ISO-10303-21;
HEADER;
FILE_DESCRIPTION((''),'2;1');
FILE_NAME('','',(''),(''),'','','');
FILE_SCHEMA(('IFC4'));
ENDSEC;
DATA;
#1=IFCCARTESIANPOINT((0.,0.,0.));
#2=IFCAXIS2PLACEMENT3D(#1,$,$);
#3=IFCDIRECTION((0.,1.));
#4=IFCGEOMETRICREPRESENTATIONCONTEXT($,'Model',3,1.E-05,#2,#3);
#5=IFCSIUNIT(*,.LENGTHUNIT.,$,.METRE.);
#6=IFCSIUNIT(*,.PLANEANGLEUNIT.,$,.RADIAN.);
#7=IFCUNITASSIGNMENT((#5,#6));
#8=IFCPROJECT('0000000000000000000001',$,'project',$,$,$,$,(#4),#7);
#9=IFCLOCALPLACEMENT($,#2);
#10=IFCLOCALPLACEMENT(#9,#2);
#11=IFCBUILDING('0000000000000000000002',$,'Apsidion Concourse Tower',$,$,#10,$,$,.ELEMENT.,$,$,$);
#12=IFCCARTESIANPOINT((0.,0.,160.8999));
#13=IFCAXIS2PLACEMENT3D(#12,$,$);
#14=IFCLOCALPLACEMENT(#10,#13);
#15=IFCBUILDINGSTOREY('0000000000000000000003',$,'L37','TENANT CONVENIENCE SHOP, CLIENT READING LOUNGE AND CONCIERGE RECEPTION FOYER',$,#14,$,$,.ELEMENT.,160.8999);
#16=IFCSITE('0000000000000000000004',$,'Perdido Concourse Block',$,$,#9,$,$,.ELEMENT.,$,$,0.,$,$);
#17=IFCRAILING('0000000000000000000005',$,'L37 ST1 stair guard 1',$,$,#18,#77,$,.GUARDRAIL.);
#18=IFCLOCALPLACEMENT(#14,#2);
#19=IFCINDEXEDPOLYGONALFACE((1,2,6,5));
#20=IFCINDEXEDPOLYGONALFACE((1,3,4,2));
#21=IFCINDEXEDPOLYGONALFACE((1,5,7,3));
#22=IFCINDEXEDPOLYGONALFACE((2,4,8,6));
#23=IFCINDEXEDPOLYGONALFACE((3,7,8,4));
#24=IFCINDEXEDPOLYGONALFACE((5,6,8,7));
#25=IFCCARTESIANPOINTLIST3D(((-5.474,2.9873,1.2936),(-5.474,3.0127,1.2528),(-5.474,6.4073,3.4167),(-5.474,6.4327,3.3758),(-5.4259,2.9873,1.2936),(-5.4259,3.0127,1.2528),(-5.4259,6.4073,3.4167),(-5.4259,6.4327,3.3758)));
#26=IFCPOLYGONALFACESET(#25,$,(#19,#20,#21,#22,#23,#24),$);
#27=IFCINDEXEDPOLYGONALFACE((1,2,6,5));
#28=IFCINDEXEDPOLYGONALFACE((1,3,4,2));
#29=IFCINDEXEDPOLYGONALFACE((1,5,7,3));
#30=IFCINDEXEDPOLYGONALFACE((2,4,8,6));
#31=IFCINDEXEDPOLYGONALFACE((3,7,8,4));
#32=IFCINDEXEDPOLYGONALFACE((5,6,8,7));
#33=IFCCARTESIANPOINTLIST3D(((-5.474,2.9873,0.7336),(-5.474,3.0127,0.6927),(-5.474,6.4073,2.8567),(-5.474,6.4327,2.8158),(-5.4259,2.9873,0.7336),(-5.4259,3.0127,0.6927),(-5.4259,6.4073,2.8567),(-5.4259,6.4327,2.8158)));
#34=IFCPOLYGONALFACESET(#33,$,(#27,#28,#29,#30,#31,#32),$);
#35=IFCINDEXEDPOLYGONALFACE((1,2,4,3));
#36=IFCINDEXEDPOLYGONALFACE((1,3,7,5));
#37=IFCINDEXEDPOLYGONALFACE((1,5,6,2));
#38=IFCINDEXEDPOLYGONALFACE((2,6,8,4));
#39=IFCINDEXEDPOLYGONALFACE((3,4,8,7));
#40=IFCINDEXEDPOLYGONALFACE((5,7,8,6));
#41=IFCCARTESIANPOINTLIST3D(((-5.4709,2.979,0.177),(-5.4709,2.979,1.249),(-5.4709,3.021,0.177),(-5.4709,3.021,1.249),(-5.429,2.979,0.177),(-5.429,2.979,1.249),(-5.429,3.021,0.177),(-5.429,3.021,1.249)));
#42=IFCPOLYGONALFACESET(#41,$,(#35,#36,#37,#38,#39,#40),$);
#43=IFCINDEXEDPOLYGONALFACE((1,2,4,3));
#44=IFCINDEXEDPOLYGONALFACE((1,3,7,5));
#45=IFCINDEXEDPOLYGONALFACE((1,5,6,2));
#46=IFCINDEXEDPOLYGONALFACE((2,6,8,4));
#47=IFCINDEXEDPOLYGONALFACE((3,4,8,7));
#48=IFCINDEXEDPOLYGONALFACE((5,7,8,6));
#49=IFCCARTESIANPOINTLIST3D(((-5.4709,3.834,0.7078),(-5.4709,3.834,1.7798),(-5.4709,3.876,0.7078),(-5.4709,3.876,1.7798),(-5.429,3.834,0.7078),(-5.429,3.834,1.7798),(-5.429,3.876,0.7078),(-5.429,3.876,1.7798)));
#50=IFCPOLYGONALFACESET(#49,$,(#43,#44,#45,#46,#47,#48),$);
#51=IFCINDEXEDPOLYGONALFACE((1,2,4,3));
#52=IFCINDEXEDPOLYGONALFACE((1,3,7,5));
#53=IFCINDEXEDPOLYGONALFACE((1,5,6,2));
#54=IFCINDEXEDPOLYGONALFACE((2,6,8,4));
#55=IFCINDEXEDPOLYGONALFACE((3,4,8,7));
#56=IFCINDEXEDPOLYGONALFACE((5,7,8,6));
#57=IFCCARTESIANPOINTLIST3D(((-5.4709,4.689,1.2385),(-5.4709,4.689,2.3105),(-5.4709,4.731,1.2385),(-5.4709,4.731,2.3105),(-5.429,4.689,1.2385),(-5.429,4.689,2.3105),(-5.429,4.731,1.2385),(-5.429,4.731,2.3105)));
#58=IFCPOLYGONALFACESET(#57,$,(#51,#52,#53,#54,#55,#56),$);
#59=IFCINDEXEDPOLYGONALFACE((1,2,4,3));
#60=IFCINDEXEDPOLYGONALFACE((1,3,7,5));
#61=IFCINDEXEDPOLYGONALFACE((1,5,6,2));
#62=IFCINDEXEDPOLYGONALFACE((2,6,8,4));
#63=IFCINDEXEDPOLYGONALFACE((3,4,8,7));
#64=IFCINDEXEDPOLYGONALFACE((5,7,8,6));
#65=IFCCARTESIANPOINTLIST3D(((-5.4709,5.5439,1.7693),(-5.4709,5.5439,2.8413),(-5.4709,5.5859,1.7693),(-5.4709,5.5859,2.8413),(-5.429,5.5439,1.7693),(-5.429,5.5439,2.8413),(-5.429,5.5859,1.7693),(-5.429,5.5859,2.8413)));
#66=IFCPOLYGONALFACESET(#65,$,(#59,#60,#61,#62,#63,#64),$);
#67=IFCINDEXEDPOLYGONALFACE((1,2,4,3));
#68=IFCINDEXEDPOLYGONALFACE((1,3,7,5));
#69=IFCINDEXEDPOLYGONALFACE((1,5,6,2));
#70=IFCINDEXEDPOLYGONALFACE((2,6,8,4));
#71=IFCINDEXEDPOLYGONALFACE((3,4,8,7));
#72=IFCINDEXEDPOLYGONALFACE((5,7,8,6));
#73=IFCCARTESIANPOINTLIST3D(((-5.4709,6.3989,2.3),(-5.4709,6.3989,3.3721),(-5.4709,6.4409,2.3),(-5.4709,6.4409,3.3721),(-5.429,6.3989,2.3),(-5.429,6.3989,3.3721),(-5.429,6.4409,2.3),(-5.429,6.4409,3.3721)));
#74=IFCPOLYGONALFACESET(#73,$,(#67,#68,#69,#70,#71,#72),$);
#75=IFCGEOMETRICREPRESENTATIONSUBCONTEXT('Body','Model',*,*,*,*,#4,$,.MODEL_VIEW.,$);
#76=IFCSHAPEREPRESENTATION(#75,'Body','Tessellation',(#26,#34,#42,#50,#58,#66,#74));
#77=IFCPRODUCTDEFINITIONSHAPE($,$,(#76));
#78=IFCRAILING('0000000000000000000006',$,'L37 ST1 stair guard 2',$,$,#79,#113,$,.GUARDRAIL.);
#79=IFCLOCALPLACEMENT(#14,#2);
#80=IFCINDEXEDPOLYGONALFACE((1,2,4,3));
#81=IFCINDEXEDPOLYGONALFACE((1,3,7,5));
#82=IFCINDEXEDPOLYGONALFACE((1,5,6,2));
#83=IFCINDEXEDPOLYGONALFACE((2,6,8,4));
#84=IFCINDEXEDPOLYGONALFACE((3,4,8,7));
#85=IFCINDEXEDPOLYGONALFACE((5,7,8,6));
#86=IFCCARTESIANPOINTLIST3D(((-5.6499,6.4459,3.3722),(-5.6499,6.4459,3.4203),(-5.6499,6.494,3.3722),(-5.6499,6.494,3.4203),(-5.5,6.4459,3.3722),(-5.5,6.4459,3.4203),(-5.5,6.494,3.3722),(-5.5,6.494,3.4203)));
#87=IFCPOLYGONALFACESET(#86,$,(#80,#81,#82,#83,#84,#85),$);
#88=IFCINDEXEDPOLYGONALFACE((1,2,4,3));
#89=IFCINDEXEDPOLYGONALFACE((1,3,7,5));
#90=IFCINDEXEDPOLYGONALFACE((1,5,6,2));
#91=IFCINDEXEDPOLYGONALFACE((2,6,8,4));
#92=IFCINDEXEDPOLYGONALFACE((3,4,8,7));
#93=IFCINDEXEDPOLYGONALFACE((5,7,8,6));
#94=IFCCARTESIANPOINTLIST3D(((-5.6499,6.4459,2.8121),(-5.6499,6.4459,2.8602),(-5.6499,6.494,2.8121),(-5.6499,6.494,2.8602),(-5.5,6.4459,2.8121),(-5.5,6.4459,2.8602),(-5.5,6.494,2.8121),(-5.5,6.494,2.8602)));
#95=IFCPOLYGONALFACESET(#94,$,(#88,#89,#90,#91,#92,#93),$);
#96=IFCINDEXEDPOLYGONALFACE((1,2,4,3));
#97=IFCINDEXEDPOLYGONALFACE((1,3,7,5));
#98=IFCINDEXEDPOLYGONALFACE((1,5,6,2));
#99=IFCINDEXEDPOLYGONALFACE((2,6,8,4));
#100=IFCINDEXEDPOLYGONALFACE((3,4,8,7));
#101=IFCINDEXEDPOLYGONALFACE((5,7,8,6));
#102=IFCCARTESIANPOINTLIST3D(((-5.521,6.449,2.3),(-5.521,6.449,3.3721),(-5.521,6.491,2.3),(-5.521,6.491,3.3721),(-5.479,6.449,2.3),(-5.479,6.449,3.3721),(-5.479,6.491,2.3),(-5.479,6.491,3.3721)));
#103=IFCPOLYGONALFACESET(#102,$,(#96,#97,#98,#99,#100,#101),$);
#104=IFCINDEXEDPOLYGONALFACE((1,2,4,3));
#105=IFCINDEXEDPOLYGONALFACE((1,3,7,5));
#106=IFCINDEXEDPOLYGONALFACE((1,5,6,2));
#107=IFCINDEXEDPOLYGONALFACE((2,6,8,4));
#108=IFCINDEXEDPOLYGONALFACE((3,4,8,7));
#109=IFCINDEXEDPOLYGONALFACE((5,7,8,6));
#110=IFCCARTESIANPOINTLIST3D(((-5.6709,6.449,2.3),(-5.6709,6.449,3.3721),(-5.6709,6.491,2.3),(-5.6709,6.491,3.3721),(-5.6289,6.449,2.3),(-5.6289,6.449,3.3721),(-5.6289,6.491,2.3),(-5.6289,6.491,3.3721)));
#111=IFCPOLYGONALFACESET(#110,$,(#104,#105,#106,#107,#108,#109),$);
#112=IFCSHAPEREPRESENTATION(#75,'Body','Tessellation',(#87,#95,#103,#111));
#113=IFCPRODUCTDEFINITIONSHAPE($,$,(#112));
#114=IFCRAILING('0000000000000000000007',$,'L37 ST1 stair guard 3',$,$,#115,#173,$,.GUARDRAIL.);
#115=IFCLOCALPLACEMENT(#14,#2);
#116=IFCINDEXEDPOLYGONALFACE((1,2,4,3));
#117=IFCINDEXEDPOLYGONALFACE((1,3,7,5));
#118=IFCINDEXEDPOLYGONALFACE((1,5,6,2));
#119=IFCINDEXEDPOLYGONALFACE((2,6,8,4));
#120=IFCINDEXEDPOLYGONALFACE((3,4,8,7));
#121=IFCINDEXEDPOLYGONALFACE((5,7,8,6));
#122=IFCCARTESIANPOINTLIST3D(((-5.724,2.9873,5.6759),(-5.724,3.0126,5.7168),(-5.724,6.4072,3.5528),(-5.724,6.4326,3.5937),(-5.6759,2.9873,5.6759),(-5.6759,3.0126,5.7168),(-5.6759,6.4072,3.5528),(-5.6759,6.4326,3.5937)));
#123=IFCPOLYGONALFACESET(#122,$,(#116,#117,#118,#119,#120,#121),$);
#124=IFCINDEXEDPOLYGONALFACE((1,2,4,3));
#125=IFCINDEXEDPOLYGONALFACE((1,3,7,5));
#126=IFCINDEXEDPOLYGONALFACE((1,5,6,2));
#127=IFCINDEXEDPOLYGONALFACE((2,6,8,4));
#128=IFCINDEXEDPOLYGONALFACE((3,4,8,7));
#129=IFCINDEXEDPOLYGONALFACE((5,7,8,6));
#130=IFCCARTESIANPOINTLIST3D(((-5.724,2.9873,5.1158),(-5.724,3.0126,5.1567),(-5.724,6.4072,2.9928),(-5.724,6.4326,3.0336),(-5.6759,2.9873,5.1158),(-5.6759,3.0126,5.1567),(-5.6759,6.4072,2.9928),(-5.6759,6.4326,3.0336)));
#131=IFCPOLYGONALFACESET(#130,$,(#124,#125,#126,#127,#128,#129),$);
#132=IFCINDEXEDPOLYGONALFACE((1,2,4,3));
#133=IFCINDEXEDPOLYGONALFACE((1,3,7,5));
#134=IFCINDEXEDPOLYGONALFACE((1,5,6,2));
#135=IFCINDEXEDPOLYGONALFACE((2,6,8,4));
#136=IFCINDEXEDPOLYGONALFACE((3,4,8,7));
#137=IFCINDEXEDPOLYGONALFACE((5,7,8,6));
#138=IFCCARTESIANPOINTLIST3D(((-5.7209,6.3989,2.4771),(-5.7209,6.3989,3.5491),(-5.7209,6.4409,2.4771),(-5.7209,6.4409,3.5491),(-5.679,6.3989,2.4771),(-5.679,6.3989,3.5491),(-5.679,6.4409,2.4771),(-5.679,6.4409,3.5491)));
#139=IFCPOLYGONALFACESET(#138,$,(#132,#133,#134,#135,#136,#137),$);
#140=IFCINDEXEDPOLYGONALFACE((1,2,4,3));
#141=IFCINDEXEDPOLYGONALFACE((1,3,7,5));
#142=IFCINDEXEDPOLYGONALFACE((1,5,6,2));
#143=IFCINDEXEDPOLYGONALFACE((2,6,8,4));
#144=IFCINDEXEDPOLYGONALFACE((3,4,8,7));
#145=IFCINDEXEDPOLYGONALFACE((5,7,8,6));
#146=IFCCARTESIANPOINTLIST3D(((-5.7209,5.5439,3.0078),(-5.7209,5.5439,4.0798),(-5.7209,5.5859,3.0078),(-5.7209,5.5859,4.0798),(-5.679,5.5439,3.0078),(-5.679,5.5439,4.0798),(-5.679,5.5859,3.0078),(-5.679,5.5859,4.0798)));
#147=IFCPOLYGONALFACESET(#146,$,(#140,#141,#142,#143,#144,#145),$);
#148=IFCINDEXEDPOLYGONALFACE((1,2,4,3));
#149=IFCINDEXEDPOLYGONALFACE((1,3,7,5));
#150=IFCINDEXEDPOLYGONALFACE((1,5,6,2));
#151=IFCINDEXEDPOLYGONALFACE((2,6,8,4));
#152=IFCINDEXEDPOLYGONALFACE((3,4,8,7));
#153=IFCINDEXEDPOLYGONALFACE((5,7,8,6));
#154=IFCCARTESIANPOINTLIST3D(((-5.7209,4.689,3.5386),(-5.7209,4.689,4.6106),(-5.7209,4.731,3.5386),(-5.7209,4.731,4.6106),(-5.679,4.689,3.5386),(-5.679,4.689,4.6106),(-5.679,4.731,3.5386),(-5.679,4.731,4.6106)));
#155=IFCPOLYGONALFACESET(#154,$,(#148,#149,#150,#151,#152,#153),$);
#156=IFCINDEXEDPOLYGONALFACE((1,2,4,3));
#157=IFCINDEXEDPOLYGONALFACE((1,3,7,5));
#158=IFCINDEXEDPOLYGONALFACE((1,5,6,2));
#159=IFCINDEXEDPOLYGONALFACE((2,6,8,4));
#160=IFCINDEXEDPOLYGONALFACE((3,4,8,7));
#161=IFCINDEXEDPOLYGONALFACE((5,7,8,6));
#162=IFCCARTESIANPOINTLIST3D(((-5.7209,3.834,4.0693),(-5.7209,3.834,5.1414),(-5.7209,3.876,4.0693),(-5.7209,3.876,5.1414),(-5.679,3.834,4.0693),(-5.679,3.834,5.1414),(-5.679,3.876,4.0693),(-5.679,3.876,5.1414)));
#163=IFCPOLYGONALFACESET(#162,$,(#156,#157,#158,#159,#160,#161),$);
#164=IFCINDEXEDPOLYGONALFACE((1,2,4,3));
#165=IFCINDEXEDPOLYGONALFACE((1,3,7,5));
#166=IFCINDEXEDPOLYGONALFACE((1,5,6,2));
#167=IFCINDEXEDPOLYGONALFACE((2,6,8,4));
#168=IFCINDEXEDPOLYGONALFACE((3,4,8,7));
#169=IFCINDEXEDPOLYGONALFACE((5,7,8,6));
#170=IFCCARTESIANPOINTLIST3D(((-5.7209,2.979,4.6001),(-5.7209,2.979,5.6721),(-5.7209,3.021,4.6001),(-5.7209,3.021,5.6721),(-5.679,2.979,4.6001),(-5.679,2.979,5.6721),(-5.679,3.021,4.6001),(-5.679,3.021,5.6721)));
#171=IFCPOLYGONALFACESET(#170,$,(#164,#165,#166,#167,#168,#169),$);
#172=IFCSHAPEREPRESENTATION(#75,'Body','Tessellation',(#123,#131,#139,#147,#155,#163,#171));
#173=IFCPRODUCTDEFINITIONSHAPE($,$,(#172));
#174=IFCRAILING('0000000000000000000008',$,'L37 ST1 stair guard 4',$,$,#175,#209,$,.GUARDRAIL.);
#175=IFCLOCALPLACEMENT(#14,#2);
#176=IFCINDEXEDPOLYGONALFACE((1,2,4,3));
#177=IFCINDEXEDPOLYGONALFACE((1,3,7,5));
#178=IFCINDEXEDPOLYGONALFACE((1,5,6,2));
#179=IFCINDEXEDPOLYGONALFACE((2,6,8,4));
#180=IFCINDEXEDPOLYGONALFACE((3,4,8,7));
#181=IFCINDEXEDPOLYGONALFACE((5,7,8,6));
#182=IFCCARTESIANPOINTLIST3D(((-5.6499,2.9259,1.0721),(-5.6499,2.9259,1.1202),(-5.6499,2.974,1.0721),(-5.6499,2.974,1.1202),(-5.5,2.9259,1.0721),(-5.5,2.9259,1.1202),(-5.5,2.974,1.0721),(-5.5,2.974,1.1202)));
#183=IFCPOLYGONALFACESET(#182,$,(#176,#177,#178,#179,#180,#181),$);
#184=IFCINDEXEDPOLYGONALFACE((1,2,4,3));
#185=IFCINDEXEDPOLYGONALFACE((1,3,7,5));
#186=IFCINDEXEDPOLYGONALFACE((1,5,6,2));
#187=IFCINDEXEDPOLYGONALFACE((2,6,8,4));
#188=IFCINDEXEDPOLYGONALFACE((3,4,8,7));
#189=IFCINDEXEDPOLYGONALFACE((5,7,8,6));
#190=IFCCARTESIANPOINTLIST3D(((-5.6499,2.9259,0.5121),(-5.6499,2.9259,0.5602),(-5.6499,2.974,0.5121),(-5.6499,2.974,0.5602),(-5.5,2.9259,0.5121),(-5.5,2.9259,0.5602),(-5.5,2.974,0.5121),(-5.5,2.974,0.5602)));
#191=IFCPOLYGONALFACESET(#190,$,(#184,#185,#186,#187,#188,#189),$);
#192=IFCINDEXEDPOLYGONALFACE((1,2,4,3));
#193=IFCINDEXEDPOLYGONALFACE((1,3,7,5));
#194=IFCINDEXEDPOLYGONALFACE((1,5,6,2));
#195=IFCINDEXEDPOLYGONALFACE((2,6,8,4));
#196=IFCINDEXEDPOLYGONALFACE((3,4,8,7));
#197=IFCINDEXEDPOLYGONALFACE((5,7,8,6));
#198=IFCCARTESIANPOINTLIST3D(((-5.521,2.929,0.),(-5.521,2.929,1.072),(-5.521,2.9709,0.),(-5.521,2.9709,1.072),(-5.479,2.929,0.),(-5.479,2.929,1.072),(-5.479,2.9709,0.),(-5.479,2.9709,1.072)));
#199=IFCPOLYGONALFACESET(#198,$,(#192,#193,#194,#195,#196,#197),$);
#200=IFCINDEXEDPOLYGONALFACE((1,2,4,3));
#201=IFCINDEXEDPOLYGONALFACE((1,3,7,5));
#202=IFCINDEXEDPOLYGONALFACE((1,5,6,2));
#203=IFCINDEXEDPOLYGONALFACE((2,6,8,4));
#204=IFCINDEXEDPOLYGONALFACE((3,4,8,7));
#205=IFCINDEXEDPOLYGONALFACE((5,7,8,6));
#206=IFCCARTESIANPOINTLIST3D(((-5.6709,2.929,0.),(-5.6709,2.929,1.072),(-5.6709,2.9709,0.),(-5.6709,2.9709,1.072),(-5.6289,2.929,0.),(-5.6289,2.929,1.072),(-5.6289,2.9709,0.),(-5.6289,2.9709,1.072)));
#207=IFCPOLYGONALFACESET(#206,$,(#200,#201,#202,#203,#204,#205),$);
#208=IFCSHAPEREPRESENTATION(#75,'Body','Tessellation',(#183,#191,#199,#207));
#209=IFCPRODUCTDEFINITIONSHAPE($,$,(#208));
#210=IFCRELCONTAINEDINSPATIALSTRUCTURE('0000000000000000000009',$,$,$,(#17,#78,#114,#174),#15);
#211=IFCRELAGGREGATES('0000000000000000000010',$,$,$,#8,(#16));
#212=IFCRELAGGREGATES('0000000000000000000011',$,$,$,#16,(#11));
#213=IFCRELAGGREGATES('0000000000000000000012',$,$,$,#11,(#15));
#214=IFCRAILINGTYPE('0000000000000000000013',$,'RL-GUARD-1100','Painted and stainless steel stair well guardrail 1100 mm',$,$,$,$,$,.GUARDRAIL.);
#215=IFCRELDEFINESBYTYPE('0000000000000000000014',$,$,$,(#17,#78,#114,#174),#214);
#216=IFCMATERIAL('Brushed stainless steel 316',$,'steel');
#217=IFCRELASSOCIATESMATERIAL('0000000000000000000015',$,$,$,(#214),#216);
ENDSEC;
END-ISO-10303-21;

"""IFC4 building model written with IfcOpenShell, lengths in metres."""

from ifc_helpers import new_model, si_unit, direction, frame, origin, origin_2d, place, context, subcontext, project, spatial, rectangle, extrude, material, type_object, element, save


model = new_model("IFC4")

# Units and contexts
model_context = context("Model", 3, precision=1e-05, world=origin(), true_north=direction((0.0, 1.0)))
body_context = subcontext(model_context, "Body", "Model", "MODEL_VIEW")
ifc_project = project(units=[si_unit("LENGTHUNIT", "METRE"), si_unit("PLANEANGLEUNIT", "RADIAN")], contexts=[model_context])

# Site, building, storey
site_placement = place(None, origin())
site = spatial("IfcSite", under=ifc_project, at=site_placement, Name="Perdido Concourse Block", CompositionType="ELEMENT", RefElevation=0.0)
building_placement = place(site_placement, origin())
building = spatial("IfcBuilding", under=site, at=building_placement, Name="Apsidion Concourse Tower", CompositionType="ELEMENT")
storey_placement = place(building_placement, frame((0.0, 0.0, 160.8999)))
storey = spatial("IfcBuildingStorey", under=building, at=storey_placement, Name="L37", Description="TENANT CONVENIENCE SHOP, CLIENT READING LOUNGE AND CONCIERGE RECEPTION FOYER", CompositionType="ELEMENT", Elevation=160.8999)

# Shared definitions
ifc_material_1 = material(Name="Brushed stainless steel 316", Category="steel")

# Railings
railing_type_1 = type_object("IfcRailingType", Name="RL-GUARD-1100", Description="Painted and stainless steel stair well guardrail 1100 mm", PredefinedType="GUARDRAIL", material=ifc_material_1)
railing_1_placement = place(storey_placement, frame((-5.45, 3.0, 0.177)))
element("IfcRailing", 1, at=railing_1_placement, inside=storey, type_object=railing_type_1, Name="L37 ST1 stair guard 1", PredefinedType="GUARDRAIL", context=body_context, shape_type="SweptSolid", body=[
    extrude(rectangle(XDim=0.0481, YDim=0.0481, at=origin_2d()), frame((0.0, 0.0, 1.0962), z_axis=(0.0, 0.849603, 0.527423), x_axis=(-1.0, 0.0, 0.0)), (0.0, 0.0, 1.0), 4.0254),
    extrude(rectangle(XDim=0.0481, YDim=0.0481, at=origin_2d()), frame((0.0, 0.0, 0.5361), z_axis=(0.0, 0.849603, 0.527423), x_axis=(-1.0, 0.0, 0.0)), (0.0, 0.0, 1.0), 4.0254),
    extrude(rectangle(XDim=0.042, YDim=0.042, at=origin_2d()), origin(), (0.0, 0.0, 1.0), 1.072),
    extrude(rectangle(XDim=0.042, YDim=0.042, at=origin_2d()), frame((0.0, 0.855, 0.5308)), (0.0, 0.0, 1.0), 1.072),
    extrude(rectangle(XDim=0.042, YDim=0.042, at=origin_2d()), frame((0.0, 1.71, 1.0615)), (0.0, 0.0, 1.0), 1.072),
    extrude(rectangle(XDim=0.042, YDim=0.042, at=origin_2d()), frame((0.0, 2.5649, 1.5923)), (0.0, 0.0, 1.0), 1.072),
    extrude(rectangle(XDim=0.042, YDim=0.042, at=origin_2d()), frame((0.0, 3.4199, 2.123)), (0.0, 0.0, 1.0), 1.072),
])
railing_2_placement = place(storey_placement, frame((-5.5, 6.47, 2.3)))
element("IfcRailing", 2, at=railing_2_placement, inside=storey, type_object=railing_type_1, Name="L37 ST1 stair guard 2", PredefinedType="GUARDRAIL", context=body_context, shape_type="SweptSolid", body=[
    extrude(rectangle(XDim=0.0481, YDim=0.0481, at=origin_2d()), frame((0.0, 0.0, 1.0962), z_axis=(-1.0, 0.0, 0.0), x_axis=(0.0, -1.0, 0.0)), (0.0, 0.0, 1.0), 0.1499),
    extrude(rectangle(XDim=0.0481, YDim=0.0481, at=origin_2d()), frame((0.0, 0.0, 0.5361), z_axis=(-1.0, 0.0, 0.0), x_axis=(0.0, -1.0, 0.0)), (0.0, 0.0, 1.0), 0.1499),
    extrude(rectangle(XDim=0.042, YDim=0.042, at=origin_2d()), origin(), (0.0, 0.0, 1.0), 1.072),
    extrude(rectangle(XDim=0.042, YDim=0.042, at=origin_2d()), frame((-0.1499, 0.0, 0.0)), (0.0, 0.0, 1.0), 1.072),
])
railing_3_placement = place(storey_placement, frame((-5.7, 6.4199, 2.4771)))
element("IfcRailing", 3, at=railing_3_placement, inside=storey, type_object=railing_type_1, Name="L37 ST1 stair guard 3", PredefinedType="GUARDRAIL", context=body_context, shape_type="SweptSolid", body=[
    extrude(rectangle(XDim=0.0481, YDim=0.0481, at=origin_2d()), frame((0.0, 0.0, 1.0962), z_axis=(0.0, -0.849603, 0.527423), x_axis=(1.0, 0.0, 0.0)), (0.0, 0.0, 1.0), 4.0254),
    extrude(rectangle(XDim=0.0481, YDim=0.0481, at=origin_2d()), frame((0.0, 0.0, 0.5361), z_axis=(0.0, -0.849603, 0.527423), x_axis=(1.0, 0.0, 0.0)), (0.0, 0.0, 1.0), 4.0254),
    extrude(rectangle(XDim=0.042, YDim=0.042, at=origin_2d()), origin(), (0.0, 0.0, 1.0), 1.072),
    extrude(rectangle(XDim=0.042, YDim=0.042, at=origin_2d()), frame((0.0, -0.855, 0.5308)), (0.0, 0.0, 1.0), 1.072),
    extrude(rectangle(XDim=0.042, YDim=0.042, at=origin_2d()), frame((0.0, -1.71, 1.0615)), (0.0, 0.0, 1.0), 1.072),
    extrude(rectangle(XDim=0.042, YDim=0.042, at=origin_2d()), frame((0.0, -2.5649, 1.5923)), (0.0, 0.0, 1.0), 1.072),
    extrude(rectangle(XDim=0.042, YDim=0.042, at=origin_2d()), frame((0.0, -3.4199, 2.123)), (0.0, 0.0, 1.0), 1.072),
])
railing_4_placement = place(storey_placement, frame((-5.5, 2.95, 0.0)))
element("IfcRailing", 4, at=railing_4_placement, inside=storey, type_object=railing_type_1, Name="L37 ST1 stair guard 4", PredefinedType="GUARDRAIL", context=body_context, shape_type="SweptSolid", body=[
    extrude(rectangle(XDim=0.0481, YDim=0.0481, at=origin_2d()), frame((0.0, 0.0, 1.0962), z_axis=(-1.0, 0.0, 0.0), x_axis=(0.0, -1.0, 0.0)), (0.0, 0.0, 1.0), 0.1499),
    extrude(rectangle(XDim=0.0481, YDim=0.0481, at=origin_2d()), frame((0.0, 0.0, 0.5361), z_axis=(-1.0, 0.0, 0.0), x_axis=(0.0, -1.0, 0.0)), (0.0, 0.0, 1.0), 0.1499),
    extrude(rectangle(XDim=0.042, YDim=0.042, at=origin_2d()), origin(), (0.0, 0.0, 1.0), 1.072),
    extrude(rectangle(XDim=0.042, YDim=0.042, at=origin_2d()), frame((-0.1499, 0.0, 0.0)), (0.0, 0.0, 1.0), 1.072),
])

save(model, "model.ifc")
